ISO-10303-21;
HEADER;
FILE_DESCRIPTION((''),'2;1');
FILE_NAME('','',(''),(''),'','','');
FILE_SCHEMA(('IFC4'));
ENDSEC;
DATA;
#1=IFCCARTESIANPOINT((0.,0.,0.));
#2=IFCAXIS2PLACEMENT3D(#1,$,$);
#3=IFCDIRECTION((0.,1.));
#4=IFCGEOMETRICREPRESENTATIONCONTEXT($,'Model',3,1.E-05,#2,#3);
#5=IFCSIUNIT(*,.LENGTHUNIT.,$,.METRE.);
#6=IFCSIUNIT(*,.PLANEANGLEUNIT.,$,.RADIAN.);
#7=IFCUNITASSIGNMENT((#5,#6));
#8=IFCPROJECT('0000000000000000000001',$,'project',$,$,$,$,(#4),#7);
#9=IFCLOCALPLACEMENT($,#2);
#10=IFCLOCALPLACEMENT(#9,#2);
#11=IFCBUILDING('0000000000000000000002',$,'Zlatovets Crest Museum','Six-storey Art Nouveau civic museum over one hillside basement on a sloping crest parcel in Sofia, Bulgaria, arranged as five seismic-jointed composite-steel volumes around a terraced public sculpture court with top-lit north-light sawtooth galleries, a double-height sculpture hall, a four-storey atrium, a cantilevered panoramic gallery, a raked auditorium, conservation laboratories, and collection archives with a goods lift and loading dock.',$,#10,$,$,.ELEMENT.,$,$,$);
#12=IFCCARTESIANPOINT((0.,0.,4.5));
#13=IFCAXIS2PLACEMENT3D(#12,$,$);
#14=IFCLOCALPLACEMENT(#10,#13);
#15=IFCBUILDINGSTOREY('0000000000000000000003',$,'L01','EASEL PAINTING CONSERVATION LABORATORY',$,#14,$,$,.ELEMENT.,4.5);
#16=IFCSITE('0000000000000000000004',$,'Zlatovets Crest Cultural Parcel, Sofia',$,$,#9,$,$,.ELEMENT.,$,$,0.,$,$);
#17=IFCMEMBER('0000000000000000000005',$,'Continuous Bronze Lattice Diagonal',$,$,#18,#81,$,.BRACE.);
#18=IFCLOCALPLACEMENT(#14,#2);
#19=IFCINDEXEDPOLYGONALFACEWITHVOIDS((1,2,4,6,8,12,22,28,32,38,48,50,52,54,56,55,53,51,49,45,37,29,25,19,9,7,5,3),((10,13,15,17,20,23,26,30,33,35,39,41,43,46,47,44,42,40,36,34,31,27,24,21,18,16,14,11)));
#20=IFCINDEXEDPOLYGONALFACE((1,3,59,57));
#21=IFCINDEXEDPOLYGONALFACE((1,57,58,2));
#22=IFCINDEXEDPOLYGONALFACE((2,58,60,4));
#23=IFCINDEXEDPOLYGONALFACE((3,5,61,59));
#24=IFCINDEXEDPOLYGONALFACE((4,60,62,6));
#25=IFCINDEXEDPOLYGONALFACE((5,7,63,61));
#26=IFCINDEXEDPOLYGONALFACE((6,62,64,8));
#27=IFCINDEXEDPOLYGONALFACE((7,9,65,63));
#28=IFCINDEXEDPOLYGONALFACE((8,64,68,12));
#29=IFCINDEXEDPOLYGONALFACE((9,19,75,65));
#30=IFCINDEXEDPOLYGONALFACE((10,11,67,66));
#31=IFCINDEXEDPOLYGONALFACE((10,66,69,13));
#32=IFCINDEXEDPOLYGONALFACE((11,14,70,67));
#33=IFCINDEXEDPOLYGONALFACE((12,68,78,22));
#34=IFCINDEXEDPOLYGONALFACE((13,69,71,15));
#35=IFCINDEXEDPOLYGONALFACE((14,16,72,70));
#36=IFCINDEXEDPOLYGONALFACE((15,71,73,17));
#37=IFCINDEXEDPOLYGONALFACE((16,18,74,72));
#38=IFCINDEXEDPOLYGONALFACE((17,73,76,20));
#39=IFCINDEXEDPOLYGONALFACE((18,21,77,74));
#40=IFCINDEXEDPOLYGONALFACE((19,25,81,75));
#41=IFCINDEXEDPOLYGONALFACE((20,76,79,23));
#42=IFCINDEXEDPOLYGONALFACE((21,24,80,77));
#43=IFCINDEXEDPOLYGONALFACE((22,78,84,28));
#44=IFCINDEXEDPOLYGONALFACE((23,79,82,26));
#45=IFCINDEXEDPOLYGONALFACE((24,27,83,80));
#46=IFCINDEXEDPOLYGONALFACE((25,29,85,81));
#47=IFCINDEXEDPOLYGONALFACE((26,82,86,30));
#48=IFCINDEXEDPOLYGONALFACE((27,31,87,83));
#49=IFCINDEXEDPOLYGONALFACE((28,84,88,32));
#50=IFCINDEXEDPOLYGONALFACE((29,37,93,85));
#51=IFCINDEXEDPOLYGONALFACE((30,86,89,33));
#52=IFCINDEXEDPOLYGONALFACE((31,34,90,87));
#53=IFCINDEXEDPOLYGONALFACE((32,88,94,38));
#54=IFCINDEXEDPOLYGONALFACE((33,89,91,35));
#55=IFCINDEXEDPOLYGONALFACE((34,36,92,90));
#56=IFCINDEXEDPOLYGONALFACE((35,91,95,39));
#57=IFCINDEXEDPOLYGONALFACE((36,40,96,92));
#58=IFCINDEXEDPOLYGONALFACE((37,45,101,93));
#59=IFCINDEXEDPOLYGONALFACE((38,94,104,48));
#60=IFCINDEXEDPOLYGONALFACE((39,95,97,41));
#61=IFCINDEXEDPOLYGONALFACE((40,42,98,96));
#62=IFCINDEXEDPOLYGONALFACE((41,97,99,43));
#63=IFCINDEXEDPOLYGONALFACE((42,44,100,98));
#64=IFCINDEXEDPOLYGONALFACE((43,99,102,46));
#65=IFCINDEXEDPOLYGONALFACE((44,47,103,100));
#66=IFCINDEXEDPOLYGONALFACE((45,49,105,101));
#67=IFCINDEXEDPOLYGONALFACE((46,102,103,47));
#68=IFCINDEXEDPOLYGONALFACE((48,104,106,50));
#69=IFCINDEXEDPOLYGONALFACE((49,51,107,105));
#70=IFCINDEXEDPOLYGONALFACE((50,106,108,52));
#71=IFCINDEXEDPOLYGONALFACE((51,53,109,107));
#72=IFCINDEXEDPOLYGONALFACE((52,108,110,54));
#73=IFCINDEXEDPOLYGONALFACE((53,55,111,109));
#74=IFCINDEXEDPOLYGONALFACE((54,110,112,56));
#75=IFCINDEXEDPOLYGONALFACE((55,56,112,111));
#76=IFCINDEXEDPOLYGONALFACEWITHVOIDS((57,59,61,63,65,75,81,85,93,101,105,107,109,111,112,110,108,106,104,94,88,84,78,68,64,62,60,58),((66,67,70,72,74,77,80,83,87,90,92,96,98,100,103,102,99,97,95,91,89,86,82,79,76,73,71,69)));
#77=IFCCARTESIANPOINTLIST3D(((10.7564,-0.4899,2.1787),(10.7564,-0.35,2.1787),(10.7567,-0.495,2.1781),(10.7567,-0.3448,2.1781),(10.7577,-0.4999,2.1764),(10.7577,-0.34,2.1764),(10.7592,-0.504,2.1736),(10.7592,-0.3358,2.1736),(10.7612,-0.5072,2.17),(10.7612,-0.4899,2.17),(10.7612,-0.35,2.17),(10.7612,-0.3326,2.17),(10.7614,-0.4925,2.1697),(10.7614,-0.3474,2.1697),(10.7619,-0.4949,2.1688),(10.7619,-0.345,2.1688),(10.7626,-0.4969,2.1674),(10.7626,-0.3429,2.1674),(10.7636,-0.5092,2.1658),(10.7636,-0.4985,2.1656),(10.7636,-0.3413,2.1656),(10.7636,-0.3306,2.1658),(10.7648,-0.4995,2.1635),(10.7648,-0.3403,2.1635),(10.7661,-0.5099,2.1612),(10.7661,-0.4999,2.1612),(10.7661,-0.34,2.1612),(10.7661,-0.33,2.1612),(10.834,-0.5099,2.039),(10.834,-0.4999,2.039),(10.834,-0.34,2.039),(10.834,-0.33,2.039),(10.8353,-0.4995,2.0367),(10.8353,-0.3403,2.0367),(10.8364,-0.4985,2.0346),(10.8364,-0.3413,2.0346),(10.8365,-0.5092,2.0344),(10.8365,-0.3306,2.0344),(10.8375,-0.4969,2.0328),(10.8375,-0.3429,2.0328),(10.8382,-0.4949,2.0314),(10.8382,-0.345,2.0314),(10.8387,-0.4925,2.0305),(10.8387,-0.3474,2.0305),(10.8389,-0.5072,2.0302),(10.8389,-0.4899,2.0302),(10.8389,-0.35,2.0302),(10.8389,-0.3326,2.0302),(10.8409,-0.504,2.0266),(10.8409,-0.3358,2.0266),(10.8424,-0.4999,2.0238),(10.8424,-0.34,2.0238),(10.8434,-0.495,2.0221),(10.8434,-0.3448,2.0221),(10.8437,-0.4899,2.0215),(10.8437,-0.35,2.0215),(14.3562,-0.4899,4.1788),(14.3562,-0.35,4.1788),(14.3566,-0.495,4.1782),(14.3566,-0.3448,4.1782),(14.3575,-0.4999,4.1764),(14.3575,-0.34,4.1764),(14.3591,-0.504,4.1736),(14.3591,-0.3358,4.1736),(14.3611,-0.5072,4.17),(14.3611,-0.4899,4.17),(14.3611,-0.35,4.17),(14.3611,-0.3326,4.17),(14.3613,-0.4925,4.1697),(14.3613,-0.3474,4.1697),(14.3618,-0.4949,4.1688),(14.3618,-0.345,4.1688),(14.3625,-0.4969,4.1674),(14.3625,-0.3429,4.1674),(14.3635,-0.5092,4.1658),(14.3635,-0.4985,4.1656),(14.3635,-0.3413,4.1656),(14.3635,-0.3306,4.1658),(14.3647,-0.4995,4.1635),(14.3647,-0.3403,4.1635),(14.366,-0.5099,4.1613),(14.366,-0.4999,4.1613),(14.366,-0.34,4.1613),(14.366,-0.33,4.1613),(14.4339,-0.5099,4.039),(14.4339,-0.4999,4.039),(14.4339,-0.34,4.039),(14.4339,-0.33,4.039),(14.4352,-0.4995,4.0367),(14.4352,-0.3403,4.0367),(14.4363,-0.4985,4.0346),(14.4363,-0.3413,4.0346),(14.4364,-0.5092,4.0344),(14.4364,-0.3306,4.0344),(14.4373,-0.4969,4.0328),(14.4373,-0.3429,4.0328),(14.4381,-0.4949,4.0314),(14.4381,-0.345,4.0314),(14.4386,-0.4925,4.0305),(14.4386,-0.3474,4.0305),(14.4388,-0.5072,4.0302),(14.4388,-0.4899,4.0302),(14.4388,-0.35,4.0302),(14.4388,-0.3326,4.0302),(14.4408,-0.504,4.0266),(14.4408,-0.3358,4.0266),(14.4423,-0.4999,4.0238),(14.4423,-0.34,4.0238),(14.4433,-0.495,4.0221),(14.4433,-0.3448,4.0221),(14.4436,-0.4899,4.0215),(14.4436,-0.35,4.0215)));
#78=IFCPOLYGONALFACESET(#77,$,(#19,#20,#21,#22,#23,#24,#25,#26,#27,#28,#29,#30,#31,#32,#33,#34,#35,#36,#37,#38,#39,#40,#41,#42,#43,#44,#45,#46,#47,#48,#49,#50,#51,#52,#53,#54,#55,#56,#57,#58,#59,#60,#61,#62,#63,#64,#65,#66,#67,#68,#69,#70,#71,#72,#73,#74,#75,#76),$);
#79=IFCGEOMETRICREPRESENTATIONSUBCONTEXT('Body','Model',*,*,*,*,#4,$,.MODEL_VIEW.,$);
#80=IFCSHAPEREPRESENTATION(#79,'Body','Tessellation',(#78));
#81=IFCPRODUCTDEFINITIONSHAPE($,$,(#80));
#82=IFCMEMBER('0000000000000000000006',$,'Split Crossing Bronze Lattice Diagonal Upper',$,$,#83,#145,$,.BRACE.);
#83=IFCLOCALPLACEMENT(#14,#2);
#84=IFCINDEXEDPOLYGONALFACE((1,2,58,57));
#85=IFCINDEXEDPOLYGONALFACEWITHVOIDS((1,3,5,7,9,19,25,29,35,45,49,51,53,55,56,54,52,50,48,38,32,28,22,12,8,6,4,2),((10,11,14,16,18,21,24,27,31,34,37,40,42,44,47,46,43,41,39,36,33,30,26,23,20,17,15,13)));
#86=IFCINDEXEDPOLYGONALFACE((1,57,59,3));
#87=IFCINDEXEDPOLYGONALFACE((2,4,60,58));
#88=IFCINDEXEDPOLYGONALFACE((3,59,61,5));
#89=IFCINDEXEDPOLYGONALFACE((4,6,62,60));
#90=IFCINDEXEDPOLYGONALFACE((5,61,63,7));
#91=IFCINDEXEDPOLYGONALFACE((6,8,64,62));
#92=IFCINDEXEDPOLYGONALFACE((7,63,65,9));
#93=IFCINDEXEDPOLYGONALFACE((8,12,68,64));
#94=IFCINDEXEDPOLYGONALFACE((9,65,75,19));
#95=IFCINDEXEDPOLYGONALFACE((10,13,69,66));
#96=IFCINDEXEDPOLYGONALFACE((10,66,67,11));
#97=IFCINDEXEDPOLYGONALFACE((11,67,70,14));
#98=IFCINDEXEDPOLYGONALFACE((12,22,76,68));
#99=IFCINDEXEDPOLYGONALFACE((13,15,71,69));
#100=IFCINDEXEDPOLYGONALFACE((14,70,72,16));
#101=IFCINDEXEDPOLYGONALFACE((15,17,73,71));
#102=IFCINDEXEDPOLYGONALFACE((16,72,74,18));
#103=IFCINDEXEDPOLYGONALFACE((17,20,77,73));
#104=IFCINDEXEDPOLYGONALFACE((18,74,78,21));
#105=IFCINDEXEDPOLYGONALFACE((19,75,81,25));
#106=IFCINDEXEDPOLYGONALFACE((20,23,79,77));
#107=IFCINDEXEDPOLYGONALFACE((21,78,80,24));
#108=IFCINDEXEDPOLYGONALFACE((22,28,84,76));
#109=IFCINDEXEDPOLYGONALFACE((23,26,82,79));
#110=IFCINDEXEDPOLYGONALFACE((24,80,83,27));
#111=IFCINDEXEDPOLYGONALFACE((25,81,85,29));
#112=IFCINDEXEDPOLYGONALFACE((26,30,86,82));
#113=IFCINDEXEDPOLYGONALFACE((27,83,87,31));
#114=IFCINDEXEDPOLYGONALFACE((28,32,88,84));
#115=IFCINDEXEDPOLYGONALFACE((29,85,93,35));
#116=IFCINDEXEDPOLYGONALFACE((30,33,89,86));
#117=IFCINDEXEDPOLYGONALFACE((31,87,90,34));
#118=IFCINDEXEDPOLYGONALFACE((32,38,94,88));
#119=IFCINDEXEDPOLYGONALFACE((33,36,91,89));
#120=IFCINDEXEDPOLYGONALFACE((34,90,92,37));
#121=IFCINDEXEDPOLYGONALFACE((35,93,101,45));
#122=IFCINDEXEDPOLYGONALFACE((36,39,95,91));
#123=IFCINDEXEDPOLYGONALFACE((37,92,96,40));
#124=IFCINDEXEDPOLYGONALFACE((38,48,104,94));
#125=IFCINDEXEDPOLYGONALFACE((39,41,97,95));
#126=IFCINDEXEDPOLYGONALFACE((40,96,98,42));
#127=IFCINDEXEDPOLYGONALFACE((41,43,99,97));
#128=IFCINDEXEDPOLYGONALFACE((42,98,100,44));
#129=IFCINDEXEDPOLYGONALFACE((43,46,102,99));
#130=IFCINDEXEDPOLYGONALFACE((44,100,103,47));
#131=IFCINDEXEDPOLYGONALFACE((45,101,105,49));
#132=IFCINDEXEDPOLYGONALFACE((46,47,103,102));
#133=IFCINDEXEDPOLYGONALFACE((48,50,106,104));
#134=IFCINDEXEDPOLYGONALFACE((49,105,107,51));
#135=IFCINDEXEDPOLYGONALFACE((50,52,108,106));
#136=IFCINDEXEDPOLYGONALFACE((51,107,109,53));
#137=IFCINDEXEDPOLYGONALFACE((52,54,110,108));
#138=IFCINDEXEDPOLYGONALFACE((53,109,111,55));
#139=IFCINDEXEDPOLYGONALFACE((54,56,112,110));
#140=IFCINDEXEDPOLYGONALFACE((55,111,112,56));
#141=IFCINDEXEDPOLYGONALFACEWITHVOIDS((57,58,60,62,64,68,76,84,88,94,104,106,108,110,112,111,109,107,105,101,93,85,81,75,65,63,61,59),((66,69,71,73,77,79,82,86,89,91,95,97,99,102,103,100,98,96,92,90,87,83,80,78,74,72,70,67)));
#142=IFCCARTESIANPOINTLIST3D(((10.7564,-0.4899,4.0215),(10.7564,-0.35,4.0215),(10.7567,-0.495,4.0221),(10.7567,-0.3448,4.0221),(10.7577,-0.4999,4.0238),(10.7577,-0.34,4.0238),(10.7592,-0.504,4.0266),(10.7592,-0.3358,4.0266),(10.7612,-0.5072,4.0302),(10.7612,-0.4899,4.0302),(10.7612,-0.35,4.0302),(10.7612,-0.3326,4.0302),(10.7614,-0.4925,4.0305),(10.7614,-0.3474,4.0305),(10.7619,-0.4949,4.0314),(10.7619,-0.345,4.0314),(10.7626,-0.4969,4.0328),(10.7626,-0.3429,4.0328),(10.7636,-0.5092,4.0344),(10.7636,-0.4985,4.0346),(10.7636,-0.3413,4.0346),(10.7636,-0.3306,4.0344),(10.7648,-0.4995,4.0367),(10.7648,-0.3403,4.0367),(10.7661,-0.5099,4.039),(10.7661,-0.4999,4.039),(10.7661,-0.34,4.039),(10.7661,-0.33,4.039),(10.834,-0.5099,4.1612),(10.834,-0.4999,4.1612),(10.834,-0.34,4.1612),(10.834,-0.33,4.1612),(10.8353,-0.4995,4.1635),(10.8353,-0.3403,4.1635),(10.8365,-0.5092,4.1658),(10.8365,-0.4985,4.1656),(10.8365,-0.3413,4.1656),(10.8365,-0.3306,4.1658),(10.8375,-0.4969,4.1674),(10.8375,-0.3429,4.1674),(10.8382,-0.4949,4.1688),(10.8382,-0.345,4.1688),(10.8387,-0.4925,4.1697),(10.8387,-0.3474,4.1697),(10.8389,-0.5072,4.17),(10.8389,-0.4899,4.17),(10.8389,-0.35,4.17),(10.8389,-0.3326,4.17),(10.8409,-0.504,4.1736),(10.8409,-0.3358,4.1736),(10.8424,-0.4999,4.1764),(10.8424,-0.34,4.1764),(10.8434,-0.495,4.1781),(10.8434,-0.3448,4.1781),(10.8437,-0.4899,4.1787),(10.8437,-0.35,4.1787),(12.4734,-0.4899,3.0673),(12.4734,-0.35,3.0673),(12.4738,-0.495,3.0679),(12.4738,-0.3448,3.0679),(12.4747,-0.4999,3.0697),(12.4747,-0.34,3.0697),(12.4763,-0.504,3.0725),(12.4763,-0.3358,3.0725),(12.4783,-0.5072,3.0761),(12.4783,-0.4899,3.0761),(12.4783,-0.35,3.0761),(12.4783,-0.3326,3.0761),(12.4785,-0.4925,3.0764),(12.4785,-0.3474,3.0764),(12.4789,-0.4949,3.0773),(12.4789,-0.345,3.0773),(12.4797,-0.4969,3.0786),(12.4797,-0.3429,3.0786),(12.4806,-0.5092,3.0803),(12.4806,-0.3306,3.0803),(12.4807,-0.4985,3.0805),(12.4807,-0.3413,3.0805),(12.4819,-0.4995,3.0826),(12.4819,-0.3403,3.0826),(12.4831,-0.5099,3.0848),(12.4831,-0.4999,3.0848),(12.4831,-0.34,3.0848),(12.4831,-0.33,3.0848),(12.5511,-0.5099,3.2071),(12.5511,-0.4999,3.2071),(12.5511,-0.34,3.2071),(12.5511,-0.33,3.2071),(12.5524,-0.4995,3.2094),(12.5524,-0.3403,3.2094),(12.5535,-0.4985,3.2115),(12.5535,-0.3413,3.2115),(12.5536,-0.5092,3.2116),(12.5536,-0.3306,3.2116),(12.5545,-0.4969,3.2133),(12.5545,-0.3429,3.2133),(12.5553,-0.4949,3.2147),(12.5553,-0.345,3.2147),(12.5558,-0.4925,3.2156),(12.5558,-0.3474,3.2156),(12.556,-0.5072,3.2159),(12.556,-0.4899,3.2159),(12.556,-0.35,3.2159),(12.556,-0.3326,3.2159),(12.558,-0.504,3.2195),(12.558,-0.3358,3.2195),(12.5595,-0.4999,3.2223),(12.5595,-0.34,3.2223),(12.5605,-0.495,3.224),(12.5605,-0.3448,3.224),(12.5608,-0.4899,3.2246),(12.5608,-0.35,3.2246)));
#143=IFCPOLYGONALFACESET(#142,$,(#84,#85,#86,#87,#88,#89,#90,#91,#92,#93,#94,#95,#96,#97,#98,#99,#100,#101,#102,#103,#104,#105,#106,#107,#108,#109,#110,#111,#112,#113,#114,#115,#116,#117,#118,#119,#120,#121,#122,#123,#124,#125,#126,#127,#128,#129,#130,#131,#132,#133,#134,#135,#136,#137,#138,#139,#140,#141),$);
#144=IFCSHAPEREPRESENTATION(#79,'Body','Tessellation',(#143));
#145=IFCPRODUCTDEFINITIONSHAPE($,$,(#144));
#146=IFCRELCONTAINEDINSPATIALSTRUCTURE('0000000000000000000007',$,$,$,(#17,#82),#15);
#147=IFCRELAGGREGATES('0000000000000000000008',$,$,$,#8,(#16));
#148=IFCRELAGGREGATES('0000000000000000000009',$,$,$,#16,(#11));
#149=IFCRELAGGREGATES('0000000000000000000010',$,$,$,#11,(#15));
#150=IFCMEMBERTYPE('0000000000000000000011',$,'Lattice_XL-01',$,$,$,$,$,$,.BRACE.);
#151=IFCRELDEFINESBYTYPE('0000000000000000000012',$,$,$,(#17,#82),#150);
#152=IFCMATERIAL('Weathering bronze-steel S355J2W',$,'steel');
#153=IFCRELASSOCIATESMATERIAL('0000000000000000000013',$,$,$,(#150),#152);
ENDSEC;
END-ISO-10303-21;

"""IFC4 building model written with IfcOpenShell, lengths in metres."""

from ifc_helpers import new_model, si_unit, direction, frame, origin, origin_2d, place, context, subcontext, project, spatial, hollow_rectangle, extrude, material, material_profile, profile_set, type_object, element, save


model = new_model("IFC4")

# Units and contexts
model_context = context("Model", 3, precision=1e-05, world=origin(), true_north=direction((0.0, 1.0)))
body_context = subcontext(model_context, "Body", "Model", "MODEL_VIEW")
ifc_project = project(units=[si_unit("LENGTHUNIT", "METRE"), si_unit("PLANEANGLEUNIT", "RADIAN")], contexts=[model_context])

# Site, building, storey
site_placement = place(None, origin())
site = spatial("IfcSite", under=ifc_project, at=site_placement, Name="Zlatovets Crest Cultural Parcel, Sofia", CompositionType="ELEMENT", RefElevation=0.0)
building_placement = place(site_placement, origin())
building = spatial("IfcBuilding", under=site, at=building_placement, Name="Zlatovets Crest Museum", Description="Six-storey Art Nouveau civic museum over one hillside basement on a sloping crest parcel in Sofia, Bulgaria, arranged as five seismic-jointed composite-steel volumes around a terraced public sculpture court with top-lit north-light sawtooth galleries, a double-height sculpture hall, a four-storey atrium, a cantilevered panoramic gallery, a raked auditorium, conservation laboratories, and collection archives with a goods lift and loading dock.", CompositionType="ELEMENT")
storey_placement = place(building_placement, frame((0.0, 0.0, 4.5)))
storey = spatial("IfcBuildingStorey", under=building, at=storey_placement, Name="L01", Description="EASEL PAINTING CONSERVATION LABORATORY", CompositionType="ELEMENT", Elevation=4.5)

# Members
ifc_material_1 = material(Name="Weathering bronze-steel S355J2W", Category="steel")
ifc_material_profile_1 = material_profile(ifc_material_1, hollow_rectangle(XDim=0.1799, YDim=0.1799, WallThickness=0.01, InnerFilletRadius=0.01, OuterFilletRadius=0.02, at=origin_2d()), Name="SHS 180x180x10.0")
ifc_profile_set_1 = profile_set([ifc_material_profile_1], Name="Weathering bronze-steel S355J2W")
member_type_1 = type_object("IfcMemberType", Name="Lattice_XL-01", PredefinedType="BRACE", material=ifc_profile_set_1)
member_1_placement = place(storey_placement, frame((10.8, -0.4199, 2.1001), z_axis=(0.874149, 0.0, 0.485658), x_axis=(0.0, 1.0, 0.0)))
element("IfcMember", 1, at=member_1_placement, inside=storey, type_object=member_type_1, Name="Continuous Bronze Lattice Diagonal", PredefinedType="BRACE", context=body_context, shape_type="SweptSolid", body=[
    extrude(hollow_rectangle(XDim=0.1799, YDim=0.1799, WallThickness=0.01, InnerFilletRadius=0.01, OuterFilletRadius=0.02, at=origin_2d()), origin(), (0.0, 0.0, 1.0), 4.1182),
])
member_2_placement = place(storey_placement, frame((10.8, -0.4199, 4.1001), z_axis=(0.874116, 0.0, -0.485717), x_axis=(0.0, 1.0, 0.0)))
element("IfcMember", 2, at=member_2_placement, inside=storey, type_object=member_type_1, Name="Split Crossing Bronze Lattice Diagonal Upper", PredefinedType="BRACE", context=body_context, shape_type="SweptSolid", body=[
    extrude(hollow_rectangle(XDim=0.1799, YDim=0.1799, WallThickness=0.01, InnerFilletRadius=0.01, OuterFilletRadius=0.02, at=origin_2d()), origin(), (0.0, 0.0, 1.0), 1.9644),
])

save(model, "model.ifc")
